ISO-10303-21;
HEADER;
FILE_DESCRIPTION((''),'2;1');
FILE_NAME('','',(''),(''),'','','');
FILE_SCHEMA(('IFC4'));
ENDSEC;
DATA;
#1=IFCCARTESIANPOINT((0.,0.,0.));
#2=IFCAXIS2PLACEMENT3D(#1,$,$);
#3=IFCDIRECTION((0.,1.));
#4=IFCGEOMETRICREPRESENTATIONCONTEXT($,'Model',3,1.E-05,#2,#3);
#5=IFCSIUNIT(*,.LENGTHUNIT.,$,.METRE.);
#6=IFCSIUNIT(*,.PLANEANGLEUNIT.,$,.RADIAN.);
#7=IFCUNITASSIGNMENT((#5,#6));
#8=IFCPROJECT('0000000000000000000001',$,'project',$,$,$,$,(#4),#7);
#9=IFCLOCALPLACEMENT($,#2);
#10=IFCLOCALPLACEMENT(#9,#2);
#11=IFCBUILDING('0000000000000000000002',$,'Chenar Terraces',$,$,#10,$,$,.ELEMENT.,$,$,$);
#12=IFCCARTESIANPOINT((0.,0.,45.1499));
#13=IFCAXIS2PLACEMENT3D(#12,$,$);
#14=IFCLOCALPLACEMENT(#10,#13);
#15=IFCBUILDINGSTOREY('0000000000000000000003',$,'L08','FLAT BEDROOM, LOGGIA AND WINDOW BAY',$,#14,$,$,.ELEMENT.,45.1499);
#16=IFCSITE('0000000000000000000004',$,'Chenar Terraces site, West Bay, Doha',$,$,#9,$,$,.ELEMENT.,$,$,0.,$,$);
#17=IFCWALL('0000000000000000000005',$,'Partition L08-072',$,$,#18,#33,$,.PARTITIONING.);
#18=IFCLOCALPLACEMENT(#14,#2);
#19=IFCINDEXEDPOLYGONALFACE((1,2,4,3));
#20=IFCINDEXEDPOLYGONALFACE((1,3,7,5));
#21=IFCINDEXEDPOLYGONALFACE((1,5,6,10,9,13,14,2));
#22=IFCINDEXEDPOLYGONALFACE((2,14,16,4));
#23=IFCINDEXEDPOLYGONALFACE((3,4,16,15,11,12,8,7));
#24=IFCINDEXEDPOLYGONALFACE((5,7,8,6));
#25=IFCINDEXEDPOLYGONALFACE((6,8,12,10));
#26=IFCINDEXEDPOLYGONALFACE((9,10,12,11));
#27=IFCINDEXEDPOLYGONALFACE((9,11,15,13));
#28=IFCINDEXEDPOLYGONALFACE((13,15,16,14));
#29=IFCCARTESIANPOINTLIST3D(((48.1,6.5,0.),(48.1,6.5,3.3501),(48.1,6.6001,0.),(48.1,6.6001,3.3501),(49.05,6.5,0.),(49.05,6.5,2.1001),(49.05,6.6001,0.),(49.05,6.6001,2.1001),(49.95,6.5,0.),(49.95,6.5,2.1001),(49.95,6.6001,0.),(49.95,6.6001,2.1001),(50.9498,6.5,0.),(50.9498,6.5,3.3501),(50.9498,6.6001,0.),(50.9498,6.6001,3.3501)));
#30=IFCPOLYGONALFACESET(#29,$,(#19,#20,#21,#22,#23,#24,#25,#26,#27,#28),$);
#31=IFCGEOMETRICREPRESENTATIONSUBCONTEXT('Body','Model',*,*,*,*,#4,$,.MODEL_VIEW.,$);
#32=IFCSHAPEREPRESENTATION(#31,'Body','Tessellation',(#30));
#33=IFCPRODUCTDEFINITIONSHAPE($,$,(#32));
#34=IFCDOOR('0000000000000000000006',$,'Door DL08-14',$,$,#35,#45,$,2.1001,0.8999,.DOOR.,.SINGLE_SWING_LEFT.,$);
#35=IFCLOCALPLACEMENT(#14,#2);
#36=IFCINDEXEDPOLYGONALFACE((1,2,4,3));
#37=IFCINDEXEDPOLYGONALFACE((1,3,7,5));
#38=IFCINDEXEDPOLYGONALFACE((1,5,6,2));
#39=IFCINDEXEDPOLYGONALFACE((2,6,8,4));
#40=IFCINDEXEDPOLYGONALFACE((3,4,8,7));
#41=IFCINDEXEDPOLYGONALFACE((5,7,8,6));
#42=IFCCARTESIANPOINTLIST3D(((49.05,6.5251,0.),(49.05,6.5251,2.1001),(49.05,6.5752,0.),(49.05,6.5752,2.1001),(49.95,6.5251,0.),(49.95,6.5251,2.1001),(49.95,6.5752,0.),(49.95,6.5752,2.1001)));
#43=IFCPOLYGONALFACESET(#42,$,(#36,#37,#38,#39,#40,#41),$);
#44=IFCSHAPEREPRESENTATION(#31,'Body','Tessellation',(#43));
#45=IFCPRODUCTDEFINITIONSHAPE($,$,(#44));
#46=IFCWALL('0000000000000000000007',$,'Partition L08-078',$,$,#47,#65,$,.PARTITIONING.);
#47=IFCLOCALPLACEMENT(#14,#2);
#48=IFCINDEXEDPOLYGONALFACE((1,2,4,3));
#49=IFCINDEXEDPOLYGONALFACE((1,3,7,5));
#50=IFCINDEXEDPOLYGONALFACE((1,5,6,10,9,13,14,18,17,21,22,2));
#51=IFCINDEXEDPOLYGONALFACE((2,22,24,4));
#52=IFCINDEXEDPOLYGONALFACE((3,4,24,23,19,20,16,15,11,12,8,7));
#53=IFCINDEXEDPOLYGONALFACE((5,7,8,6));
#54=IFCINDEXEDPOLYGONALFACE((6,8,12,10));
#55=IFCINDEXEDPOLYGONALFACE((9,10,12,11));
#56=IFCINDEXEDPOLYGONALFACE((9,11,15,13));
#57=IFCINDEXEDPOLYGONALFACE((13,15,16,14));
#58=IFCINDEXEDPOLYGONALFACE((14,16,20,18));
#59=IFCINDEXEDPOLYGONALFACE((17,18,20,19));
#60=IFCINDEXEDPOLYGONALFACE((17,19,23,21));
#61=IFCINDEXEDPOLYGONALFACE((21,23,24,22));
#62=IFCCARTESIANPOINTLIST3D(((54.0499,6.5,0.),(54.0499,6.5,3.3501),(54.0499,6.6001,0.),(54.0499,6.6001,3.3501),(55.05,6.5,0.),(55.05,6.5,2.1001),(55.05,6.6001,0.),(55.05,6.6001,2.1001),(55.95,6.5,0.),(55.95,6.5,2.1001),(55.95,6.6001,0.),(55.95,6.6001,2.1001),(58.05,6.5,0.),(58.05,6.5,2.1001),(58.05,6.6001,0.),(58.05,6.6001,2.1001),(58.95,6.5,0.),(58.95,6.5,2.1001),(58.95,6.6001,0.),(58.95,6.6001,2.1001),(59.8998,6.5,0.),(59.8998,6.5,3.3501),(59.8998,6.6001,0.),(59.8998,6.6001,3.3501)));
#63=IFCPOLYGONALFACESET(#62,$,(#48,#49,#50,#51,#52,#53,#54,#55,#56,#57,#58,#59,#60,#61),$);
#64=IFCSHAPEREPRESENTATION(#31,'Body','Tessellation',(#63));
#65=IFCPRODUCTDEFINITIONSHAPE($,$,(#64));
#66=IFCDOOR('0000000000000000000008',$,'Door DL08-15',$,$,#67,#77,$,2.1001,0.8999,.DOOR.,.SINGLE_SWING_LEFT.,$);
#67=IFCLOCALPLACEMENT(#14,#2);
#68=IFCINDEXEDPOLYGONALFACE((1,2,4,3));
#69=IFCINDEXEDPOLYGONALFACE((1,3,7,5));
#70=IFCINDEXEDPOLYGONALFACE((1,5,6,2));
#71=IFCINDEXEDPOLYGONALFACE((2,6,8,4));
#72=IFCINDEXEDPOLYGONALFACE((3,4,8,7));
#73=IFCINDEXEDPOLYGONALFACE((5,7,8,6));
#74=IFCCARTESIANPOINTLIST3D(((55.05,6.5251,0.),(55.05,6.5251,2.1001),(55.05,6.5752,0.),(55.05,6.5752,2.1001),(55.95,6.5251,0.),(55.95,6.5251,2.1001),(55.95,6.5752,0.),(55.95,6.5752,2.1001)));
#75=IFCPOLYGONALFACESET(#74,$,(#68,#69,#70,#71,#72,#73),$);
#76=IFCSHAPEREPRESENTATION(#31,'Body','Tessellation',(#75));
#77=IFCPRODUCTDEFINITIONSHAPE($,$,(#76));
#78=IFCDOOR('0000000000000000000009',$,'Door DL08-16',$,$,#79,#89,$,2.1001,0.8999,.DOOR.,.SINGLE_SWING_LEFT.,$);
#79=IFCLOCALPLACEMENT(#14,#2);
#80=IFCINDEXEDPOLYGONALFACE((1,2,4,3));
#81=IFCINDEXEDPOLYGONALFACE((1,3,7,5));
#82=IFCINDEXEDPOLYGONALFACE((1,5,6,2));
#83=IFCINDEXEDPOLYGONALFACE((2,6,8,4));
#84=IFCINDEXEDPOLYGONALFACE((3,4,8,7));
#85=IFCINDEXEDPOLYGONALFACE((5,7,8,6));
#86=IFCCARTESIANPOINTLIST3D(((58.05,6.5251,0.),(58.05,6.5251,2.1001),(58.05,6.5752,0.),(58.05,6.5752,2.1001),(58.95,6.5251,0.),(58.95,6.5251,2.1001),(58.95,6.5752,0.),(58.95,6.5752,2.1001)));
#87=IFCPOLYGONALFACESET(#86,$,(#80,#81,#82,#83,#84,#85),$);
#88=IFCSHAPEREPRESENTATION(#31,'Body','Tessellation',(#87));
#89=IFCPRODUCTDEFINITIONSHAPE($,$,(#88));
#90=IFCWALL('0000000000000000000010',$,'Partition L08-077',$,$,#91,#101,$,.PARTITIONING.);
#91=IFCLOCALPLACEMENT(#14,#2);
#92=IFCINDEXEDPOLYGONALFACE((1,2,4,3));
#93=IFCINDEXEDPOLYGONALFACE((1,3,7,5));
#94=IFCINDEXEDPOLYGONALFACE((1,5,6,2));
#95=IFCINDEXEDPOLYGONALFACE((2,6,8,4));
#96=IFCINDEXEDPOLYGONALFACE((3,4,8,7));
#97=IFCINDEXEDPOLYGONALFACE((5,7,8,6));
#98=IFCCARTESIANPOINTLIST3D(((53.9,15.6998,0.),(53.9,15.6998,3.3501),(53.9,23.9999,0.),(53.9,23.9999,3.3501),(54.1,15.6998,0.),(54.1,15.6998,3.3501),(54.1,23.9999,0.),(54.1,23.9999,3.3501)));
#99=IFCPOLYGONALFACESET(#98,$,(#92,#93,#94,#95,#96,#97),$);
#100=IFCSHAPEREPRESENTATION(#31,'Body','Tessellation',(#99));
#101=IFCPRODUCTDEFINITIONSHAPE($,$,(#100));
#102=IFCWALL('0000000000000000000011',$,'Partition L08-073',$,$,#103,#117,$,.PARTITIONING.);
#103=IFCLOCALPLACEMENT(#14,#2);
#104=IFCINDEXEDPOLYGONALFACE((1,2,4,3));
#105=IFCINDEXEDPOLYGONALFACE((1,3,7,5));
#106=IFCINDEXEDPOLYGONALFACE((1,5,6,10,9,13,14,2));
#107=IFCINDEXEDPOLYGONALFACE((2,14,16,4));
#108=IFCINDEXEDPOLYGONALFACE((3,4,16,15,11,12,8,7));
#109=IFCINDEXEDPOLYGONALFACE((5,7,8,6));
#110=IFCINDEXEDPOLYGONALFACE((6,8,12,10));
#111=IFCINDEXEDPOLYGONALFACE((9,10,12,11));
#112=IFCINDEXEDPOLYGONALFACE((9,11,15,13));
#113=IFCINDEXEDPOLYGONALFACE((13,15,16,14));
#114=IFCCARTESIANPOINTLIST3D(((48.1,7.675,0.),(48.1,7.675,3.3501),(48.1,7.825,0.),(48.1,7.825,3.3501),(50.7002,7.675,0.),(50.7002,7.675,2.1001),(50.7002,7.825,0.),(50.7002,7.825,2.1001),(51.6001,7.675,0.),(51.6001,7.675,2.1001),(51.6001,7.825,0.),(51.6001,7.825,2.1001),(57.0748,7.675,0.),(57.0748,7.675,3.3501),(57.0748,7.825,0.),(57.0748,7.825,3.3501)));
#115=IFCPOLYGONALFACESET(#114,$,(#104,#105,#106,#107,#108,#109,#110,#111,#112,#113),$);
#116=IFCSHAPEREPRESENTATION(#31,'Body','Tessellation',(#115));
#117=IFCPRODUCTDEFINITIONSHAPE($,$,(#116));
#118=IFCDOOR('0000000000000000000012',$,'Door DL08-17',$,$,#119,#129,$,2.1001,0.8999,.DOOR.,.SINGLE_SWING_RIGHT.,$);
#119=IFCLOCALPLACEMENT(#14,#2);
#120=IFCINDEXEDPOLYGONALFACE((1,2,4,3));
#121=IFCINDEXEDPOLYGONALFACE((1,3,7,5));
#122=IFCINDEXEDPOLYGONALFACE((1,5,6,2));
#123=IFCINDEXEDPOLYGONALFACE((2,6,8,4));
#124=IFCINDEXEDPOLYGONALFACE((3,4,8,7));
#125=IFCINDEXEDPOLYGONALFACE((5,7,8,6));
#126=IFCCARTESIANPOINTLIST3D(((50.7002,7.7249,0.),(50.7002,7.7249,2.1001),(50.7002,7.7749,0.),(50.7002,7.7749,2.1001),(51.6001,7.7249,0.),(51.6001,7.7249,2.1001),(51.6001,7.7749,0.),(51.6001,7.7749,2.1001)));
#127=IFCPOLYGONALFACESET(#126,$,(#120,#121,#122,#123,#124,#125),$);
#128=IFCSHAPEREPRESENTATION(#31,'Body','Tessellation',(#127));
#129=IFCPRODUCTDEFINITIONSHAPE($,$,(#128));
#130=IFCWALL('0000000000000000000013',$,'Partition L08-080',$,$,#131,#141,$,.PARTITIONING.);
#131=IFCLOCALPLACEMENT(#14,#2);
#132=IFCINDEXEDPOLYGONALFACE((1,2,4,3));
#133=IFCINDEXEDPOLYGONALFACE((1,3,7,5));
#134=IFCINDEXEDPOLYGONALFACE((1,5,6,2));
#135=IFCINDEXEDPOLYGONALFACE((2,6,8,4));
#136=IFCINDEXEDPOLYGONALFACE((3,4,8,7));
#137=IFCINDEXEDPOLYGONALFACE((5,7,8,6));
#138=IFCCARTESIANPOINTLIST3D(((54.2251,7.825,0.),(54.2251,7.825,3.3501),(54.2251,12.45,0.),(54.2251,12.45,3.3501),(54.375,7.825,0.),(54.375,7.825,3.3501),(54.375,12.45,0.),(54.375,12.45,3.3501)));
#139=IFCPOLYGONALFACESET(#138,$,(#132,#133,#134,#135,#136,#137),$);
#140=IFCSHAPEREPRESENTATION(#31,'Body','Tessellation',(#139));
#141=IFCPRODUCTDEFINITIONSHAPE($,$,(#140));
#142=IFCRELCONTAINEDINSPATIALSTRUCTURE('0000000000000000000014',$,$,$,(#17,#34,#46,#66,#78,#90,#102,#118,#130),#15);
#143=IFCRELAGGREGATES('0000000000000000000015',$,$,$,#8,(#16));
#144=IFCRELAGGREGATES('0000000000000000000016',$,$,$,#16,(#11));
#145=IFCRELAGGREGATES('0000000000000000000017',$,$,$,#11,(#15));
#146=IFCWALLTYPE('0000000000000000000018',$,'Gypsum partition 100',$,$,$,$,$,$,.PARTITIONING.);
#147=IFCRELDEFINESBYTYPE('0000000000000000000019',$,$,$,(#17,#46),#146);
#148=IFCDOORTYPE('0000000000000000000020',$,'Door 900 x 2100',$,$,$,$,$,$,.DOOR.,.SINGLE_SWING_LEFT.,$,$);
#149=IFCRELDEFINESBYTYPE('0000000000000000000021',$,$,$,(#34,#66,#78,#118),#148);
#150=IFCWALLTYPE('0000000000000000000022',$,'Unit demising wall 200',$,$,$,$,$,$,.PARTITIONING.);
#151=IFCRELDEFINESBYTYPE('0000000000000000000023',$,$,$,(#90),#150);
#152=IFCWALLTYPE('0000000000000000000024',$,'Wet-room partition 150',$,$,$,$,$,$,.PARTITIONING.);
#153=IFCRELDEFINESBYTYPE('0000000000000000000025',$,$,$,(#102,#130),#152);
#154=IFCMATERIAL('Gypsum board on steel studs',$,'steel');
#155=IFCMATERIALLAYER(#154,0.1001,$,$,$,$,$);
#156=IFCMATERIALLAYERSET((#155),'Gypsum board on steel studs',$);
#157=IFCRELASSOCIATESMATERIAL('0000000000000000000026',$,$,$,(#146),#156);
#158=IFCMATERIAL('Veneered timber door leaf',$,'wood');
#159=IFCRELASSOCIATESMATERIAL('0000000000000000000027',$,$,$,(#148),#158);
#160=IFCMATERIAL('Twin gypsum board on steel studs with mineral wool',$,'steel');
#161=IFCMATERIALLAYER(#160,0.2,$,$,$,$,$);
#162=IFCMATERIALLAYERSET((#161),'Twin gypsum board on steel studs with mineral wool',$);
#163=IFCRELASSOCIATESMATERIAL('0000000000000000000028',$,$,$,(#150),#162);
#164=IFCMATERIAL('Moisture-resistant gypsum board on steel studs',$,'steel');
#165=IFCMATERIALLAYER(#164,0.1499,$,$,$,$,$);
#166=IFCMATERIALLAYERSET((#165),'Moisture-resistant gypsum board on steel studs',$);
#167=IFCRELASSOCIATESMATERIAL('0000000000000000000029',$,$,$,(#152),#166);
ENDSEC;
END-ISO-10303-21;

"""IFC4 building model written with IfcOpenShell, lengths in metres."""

from ifc_helpers import new_model, si_unit, direction, frame, frame_2d, origin, place, context, subcontext, project, spatial, rectangle, extrude, material, layer, layer_set, type_object, element, fill, save


model = new_model("IFC4")

# Units and contexts
model_context = context("Model", 3, precision=1e-05, world=origin(), true_north=direction((0.0, 1.0)))
body_context = subcontext(model_context, "Body", "Model", "MODEL_VIEW")
ifc_project = project(units=[si_unit("LENGTHUNIT", "METRE"), si_unit("PLANEANGLEUNIT", "RADIAN")], contexts=[model_context])

# Site, building, storey
site_placement = place(None, origin())
site = spatial("IfcSite", under=ifc_project, at=site_placement, Name="Chenar Terraces site, West Bay, Doha", CompositionType="ELEMENT", RefElevation=0.0)
building_placement = place(site_placement, origin())
building = spatial("IfcBuilding", under=site, at=building_placement, Name="Chenar Terraces", CompositionType="ELEMENT")
storey_placement = place(building_placement, frame((0.0, 0.0, 45.1499)))
storey = spatial("IfcBuildingStorey", under=building, at=storey_placement, Name="L08", Description="FLAT BEDROOM, LOGGIA AND WINDOW BAY", CompositionType="ELEMENT", Elevation=45.1499)

# Wall, opening, door
ifc_material_1 = material(Name="Gypsum board on steel studs", Category="steel")
ifc_layer_1 = layer(ifc_material_1, 0.1001)
ifc_layer_set_1 = layer_set([ifc_layer_1], Name="Gypsum board on steel studs")
wall_type_1 = type_object("IfcWallType", Name="Gypsum partition 100", PredefinedType="PARTITIONING", material=ifc_layer_set_1)
wall_1_placement = place(storey_placement, frame((48.1001, 6.55, 0.0), z_axis=(0.0, 0.0, 1.0), x_axis=(1.0, 0.0, 0.0)))
wall_1 = element("IfcWall", 1, at=wall_1_placement, inside=storey, type_object=wall_type_1, Name="Partition L08-072", PredefinedType="PARTITIONING", context=body_context, shape_type="SweptSolid", body=[
    extrude(rectangle(XDim=2.8499, YDim=0.1001, at=frame_2d((1.4248, 0.0))), origin(), (0.0, 0.0, 1.0), 3.3501),
])
opening_1_placement = place(wall_1_placement, frame((0.95, 0.0, 0.0)))
opening_1 = element("IfcOpeningElement", 2, at=opening_1_placement, cuts=wall_1, PredefinedType="OPENING", context=body_context, shape_type="SweptSolid", body=[
    extrude(rectangle(XDim=0.8999, YDim=2.1001, at=frame_2d((0.45, 1.05))), frame((0.0, 0.0601, 0.0), z_axis=(0.0, -1.0, 0.0), x_axis=(1.0, 0.0, 0.0)), (0.0, 0.0, 1.0), 0.1201),
])
ifc_material_2 = material(Name="Veneered timber door leaf", Category="wood")
door_type_1 = type_object("IfcDoorType", Name="Door 900 x 2100", OperationType="SINGLE_SWING_LEFT", PredefinedType="DOOR", material=ifc_material_2)
door_1_placement = place(opening_1_placement, frame((0.8999, 0.0, 0.0), z_axis=(0.0, 0.0, 1.0), x_axis=(-1.0, 0.0, 0.0)))
door_1 = element("IfcDoor", 3, at=door_1_placement, inside=storey, type_object=door_type_1, Name="Door DL08-14", OperationType="SINGLE_SWING_LEFT", OverallHeight=2.1001, OverallWidth=0.8999, PredefinedType="DOOR", context=body_context, shape_type="SweptSolid", body=[
    extrude(rectangle(XDim=0.8999, YDim=2.1001, at=frame_2d((0.45, 1.05))), frame((0.0, 0.0249, 0.0), z_axis=(0.0, -1.0, 0.0), x_axis=(1.0, 0.0, 0.0)), (0.0, 0.0, 1.0), 0.05),
])
fill(opening_1, door_1)

# Wall, openings, doors
wall_2_placement = place(storey_placement, frame((54.05, 6.55, 0.0), z_axis=(0.0, 0.0, 1.0), x_axis=(1.0, 0.0, 0.0)))
wall_2 = element("IfcWall", 4, at=wall_2_placement, inside=storey, type_object=wall_type_1, Name="Partition L08-078", PredefinedType="PARTITIONING", context=body_context, shape_type="SweptSolid", body=[
    extrude(rectangle(XDim=5.8499, YDim=0.1001, at=frame_2d((2.9248, 0.0))), origin(), (0.0, 0.0, 1.0), 3.3501),
])
opening_2_placement = place(wall_2_placement, frame((1.0, 0.0, 0.0)))
opening_2 = element("IfcOpeningElement", 5, at=opening_2_placement, cuts=wall_2, PredefinedType="OPENING", context=body_context, shape_type="SweptSolid", body=[
    extrude(rectangle(XDim=0.8999, YDim=2.1001, at=frame_2d((0.45, 1.05))), frame((0.0, 0.0601, 0.0), z_axis=(0.0, -1.0, 0.0), x_axis=(1.0, 0.0, 0.0)), (0.0, 0.0, 1.0), 0.1201),
])
opening_3_placement = place(wall_2_placement, frame((4.0, 0.0, 0.0)))
opening_3 = element("IfcOpeningElement", 6, at=opening_3_placement, cuts=wall_2, PredefinedType="OPENING", context=body_context, shape_type="SweptSolid", body=[
    extrude(rectangle(XDim=0.8999, YDim=2.1001, at=frame_2d((0.45, 1.05))), frame((0.0, 0.0601, 0.0), z_axis=(0.0, -1.0, 0.0), x_axis=(1.0, 0.0, 0.0)), (0.0, 0.0, 1.0), 0.1201),
])
door_2_placement = place(opening_2_placement, frame((0.8999, 0.0, 0.0), z_axis=(0.0, 0.0, 1.0), x_axis=(-1.0, 0.0, 0.0)))
door_2 = element("IfcDoor", 7, at=door_2_placement, inside=storey, type_object=door_type_1, Name="Door DL08-15", OperationType="SINGLE_SWING_LEFT", OverallHeight=2.1001, OverallWidth=0.8999, PredefinedType="DOOR", context=body_context, shape_type="SweptSolid", body=[
    extrude(rectangle(XDim=0.8999, YDim=2.1001, at=frame_2d((0.45, 1.05))), frame((0.0, 0.0249, 0.0), z_axis=(0.0, -1.0, 0.0), x_axis=(1.0, 0.0, 0.0)), (0.0, 0.0, 1.0), 0.05),
])
fill(opening_2, door_2)
door_3_placement = place(opening_3_placement, frame((0.8999, 0.0, 0.0), z_axis=(0.0, 0.0, 1.0), x_axis=(-1.0, 0.0, 0.0)))
door_3 = element("IfcDoor", 8, at=door_3_placement, inside=storey, type_object=door_type_1, Name="Door DL08-16", OperationType="SINGLE_SWING_LEFT", OverallHeight=2.1001, OverallWidth=0.8999, PredefinedType="DOOR", context=body_context, shape_type="SweptSolid", body=[
    extrude(rectangle(XDim=0.8999, YDim=2.1001, at=frame_2d((0.45, 1.05))), frame((0.0, 0.0249, 0.0), z_axis=(0.0, -1.0, 0.0), x_axis=(1.0, 0.0, 0.0)), (0.0, 0.0, 1.0), 0.05),
])
fill(opening_3, door_3)

# Wall
ifc_material_3 = material(Name="Twin gypsum board on steel studs with mineral wool", Category="steel")
ifc_layer_2 = layer(ifc_material_3, 0.2)
ifc_layer_set_2 = layer_set([ifc_layer_2], Name="Twin gypsum board on steel studs with mineral wool")
wall_type_2 = type_object("IfcWallType", Name="Unit demising wall 200", PredefinedType="PARTITIONING", material=ifc_layer_set_2)
wall_3_placement = place(storey_placement, frame((54.0, 15.7, 0.0), z_axis=(0.0, 0.0, 1.0), x_axis=(0.0, 1.0, 0.0)))
element("IfcWall", 9, at=wall_3_placement, inside=storey, type_object=wall_type_2, Name="Partition L08-077", PredefinedType="PARTITIONING", context=body_context, shape_type="SweptSolid", body=[
    extrude(rectangle(XDim=8.3, YDim=0.2, at=frame_2d((4.1499, 0.0))), origin(), (0.0, 0.0, 1.0), 3.3501),
])

# Wall, opening, door
ifc_material_4 = material(Name="Moisture-resistant gypsum board on steel studs", Category="steel")
ifc_layer_3 = layer(ifc_material_4, 0.1499)
ifc_layer_set_3 = layer_set([ifc_layer_3], Name="Moisture-resistant gypsum board on steel studs")
wall_type_3 = type_object("IfcWallType", Name="Wet-room partition 150", PredefinedType="PARTITIONING", material=ifc_layer_set_3)
wall_4_placement = place(storey_placement, frame((48.1001, 7.75, 0.0), z_axis=(0.0, 0.0, 1.0), x_axis=(1.0, 0.0, 0.0)))
wall_4 = element("IfcWall", 10, at=wall_4_placement, inside=storey, type_object=wall_type_3, Name="Partition L08-073", PredefinedType="PARTITIONING", context=body_context, shape_type="SweptSolid", body=[
    extrude(rectangle(XDim=8.9749, YDim=0.1499, at=frame_2d((4.4873, 0.0))), origin(), (0.0, 0.0, 1.0), 3.3501),
])
opening_4_placement = place(wall_4_placement, frame((2.6001, 0.0, 0.0)))
opening_4 = element("IfcOpeningElement", 11, at=opening_4_placement, cuts=wall_4, PredefinedType="OPENING", context=body_context, shape_type="SweptSolid", body=[
    extrude(rectangle(XDim=0.8999, YDim=2.1001, at=frame_2d((0.45, 1.05))), frame((0.0, 0.085, 0.0), z_axis=(0.0, -1.0, 0.0), x_axis=(1.0, 0.0, 0.0)), (0.0, 0.0, 1.0), 0.1699),
])
door_4_placement = place(opening_4_placement, origin())
door_4 = element("IfcDoor", 12, at=door_4_placement, inside=storey, type_object=door_type_1, Name="Door DL08-17", OperationType="SINGLE_SWING_RIGHT", OverallHeight=2.1001, OverallWidth=0.8999, PredefinedType="DOOR", context=body_context, shape_type="SweptSolid", body=[
    extrude(rectangle(XDim=0.8999, YDim=2.1001, at=frame_2d((0.45, 1.05))), frame((0.0, 0.0249, 0.0), z_axis=(0.0, -1.0, 0.0), x_axis=(1.0, 0.0, 0.0)), (0.0, 0.0, 1.0), 0.05),
])
fill(opening_4, door_4)

# Wall
wall_5_placement = place(storey_placement, frame((54.3, 7.825, 0.0), z_axis=(0.0, 0.0, 1.0), x_axis=(0.0, 1.0, 0.0)))
element("IfcWall", 13, at=wall_5_placement, inside=storey, type_object=wall_type_3, Name="Partition L08-080", PredefinedType="PARTITIONING", context=body_context, shape_type="SweptSolid", body=[
    extrude(rectangle(XDim=4.625, YDim=0.1499, at=frame_2d((2.3125, 0.0))), origin(), (0.0, 0.0, 1.0), 3.3501),
])

save(model, "model.ifc")
